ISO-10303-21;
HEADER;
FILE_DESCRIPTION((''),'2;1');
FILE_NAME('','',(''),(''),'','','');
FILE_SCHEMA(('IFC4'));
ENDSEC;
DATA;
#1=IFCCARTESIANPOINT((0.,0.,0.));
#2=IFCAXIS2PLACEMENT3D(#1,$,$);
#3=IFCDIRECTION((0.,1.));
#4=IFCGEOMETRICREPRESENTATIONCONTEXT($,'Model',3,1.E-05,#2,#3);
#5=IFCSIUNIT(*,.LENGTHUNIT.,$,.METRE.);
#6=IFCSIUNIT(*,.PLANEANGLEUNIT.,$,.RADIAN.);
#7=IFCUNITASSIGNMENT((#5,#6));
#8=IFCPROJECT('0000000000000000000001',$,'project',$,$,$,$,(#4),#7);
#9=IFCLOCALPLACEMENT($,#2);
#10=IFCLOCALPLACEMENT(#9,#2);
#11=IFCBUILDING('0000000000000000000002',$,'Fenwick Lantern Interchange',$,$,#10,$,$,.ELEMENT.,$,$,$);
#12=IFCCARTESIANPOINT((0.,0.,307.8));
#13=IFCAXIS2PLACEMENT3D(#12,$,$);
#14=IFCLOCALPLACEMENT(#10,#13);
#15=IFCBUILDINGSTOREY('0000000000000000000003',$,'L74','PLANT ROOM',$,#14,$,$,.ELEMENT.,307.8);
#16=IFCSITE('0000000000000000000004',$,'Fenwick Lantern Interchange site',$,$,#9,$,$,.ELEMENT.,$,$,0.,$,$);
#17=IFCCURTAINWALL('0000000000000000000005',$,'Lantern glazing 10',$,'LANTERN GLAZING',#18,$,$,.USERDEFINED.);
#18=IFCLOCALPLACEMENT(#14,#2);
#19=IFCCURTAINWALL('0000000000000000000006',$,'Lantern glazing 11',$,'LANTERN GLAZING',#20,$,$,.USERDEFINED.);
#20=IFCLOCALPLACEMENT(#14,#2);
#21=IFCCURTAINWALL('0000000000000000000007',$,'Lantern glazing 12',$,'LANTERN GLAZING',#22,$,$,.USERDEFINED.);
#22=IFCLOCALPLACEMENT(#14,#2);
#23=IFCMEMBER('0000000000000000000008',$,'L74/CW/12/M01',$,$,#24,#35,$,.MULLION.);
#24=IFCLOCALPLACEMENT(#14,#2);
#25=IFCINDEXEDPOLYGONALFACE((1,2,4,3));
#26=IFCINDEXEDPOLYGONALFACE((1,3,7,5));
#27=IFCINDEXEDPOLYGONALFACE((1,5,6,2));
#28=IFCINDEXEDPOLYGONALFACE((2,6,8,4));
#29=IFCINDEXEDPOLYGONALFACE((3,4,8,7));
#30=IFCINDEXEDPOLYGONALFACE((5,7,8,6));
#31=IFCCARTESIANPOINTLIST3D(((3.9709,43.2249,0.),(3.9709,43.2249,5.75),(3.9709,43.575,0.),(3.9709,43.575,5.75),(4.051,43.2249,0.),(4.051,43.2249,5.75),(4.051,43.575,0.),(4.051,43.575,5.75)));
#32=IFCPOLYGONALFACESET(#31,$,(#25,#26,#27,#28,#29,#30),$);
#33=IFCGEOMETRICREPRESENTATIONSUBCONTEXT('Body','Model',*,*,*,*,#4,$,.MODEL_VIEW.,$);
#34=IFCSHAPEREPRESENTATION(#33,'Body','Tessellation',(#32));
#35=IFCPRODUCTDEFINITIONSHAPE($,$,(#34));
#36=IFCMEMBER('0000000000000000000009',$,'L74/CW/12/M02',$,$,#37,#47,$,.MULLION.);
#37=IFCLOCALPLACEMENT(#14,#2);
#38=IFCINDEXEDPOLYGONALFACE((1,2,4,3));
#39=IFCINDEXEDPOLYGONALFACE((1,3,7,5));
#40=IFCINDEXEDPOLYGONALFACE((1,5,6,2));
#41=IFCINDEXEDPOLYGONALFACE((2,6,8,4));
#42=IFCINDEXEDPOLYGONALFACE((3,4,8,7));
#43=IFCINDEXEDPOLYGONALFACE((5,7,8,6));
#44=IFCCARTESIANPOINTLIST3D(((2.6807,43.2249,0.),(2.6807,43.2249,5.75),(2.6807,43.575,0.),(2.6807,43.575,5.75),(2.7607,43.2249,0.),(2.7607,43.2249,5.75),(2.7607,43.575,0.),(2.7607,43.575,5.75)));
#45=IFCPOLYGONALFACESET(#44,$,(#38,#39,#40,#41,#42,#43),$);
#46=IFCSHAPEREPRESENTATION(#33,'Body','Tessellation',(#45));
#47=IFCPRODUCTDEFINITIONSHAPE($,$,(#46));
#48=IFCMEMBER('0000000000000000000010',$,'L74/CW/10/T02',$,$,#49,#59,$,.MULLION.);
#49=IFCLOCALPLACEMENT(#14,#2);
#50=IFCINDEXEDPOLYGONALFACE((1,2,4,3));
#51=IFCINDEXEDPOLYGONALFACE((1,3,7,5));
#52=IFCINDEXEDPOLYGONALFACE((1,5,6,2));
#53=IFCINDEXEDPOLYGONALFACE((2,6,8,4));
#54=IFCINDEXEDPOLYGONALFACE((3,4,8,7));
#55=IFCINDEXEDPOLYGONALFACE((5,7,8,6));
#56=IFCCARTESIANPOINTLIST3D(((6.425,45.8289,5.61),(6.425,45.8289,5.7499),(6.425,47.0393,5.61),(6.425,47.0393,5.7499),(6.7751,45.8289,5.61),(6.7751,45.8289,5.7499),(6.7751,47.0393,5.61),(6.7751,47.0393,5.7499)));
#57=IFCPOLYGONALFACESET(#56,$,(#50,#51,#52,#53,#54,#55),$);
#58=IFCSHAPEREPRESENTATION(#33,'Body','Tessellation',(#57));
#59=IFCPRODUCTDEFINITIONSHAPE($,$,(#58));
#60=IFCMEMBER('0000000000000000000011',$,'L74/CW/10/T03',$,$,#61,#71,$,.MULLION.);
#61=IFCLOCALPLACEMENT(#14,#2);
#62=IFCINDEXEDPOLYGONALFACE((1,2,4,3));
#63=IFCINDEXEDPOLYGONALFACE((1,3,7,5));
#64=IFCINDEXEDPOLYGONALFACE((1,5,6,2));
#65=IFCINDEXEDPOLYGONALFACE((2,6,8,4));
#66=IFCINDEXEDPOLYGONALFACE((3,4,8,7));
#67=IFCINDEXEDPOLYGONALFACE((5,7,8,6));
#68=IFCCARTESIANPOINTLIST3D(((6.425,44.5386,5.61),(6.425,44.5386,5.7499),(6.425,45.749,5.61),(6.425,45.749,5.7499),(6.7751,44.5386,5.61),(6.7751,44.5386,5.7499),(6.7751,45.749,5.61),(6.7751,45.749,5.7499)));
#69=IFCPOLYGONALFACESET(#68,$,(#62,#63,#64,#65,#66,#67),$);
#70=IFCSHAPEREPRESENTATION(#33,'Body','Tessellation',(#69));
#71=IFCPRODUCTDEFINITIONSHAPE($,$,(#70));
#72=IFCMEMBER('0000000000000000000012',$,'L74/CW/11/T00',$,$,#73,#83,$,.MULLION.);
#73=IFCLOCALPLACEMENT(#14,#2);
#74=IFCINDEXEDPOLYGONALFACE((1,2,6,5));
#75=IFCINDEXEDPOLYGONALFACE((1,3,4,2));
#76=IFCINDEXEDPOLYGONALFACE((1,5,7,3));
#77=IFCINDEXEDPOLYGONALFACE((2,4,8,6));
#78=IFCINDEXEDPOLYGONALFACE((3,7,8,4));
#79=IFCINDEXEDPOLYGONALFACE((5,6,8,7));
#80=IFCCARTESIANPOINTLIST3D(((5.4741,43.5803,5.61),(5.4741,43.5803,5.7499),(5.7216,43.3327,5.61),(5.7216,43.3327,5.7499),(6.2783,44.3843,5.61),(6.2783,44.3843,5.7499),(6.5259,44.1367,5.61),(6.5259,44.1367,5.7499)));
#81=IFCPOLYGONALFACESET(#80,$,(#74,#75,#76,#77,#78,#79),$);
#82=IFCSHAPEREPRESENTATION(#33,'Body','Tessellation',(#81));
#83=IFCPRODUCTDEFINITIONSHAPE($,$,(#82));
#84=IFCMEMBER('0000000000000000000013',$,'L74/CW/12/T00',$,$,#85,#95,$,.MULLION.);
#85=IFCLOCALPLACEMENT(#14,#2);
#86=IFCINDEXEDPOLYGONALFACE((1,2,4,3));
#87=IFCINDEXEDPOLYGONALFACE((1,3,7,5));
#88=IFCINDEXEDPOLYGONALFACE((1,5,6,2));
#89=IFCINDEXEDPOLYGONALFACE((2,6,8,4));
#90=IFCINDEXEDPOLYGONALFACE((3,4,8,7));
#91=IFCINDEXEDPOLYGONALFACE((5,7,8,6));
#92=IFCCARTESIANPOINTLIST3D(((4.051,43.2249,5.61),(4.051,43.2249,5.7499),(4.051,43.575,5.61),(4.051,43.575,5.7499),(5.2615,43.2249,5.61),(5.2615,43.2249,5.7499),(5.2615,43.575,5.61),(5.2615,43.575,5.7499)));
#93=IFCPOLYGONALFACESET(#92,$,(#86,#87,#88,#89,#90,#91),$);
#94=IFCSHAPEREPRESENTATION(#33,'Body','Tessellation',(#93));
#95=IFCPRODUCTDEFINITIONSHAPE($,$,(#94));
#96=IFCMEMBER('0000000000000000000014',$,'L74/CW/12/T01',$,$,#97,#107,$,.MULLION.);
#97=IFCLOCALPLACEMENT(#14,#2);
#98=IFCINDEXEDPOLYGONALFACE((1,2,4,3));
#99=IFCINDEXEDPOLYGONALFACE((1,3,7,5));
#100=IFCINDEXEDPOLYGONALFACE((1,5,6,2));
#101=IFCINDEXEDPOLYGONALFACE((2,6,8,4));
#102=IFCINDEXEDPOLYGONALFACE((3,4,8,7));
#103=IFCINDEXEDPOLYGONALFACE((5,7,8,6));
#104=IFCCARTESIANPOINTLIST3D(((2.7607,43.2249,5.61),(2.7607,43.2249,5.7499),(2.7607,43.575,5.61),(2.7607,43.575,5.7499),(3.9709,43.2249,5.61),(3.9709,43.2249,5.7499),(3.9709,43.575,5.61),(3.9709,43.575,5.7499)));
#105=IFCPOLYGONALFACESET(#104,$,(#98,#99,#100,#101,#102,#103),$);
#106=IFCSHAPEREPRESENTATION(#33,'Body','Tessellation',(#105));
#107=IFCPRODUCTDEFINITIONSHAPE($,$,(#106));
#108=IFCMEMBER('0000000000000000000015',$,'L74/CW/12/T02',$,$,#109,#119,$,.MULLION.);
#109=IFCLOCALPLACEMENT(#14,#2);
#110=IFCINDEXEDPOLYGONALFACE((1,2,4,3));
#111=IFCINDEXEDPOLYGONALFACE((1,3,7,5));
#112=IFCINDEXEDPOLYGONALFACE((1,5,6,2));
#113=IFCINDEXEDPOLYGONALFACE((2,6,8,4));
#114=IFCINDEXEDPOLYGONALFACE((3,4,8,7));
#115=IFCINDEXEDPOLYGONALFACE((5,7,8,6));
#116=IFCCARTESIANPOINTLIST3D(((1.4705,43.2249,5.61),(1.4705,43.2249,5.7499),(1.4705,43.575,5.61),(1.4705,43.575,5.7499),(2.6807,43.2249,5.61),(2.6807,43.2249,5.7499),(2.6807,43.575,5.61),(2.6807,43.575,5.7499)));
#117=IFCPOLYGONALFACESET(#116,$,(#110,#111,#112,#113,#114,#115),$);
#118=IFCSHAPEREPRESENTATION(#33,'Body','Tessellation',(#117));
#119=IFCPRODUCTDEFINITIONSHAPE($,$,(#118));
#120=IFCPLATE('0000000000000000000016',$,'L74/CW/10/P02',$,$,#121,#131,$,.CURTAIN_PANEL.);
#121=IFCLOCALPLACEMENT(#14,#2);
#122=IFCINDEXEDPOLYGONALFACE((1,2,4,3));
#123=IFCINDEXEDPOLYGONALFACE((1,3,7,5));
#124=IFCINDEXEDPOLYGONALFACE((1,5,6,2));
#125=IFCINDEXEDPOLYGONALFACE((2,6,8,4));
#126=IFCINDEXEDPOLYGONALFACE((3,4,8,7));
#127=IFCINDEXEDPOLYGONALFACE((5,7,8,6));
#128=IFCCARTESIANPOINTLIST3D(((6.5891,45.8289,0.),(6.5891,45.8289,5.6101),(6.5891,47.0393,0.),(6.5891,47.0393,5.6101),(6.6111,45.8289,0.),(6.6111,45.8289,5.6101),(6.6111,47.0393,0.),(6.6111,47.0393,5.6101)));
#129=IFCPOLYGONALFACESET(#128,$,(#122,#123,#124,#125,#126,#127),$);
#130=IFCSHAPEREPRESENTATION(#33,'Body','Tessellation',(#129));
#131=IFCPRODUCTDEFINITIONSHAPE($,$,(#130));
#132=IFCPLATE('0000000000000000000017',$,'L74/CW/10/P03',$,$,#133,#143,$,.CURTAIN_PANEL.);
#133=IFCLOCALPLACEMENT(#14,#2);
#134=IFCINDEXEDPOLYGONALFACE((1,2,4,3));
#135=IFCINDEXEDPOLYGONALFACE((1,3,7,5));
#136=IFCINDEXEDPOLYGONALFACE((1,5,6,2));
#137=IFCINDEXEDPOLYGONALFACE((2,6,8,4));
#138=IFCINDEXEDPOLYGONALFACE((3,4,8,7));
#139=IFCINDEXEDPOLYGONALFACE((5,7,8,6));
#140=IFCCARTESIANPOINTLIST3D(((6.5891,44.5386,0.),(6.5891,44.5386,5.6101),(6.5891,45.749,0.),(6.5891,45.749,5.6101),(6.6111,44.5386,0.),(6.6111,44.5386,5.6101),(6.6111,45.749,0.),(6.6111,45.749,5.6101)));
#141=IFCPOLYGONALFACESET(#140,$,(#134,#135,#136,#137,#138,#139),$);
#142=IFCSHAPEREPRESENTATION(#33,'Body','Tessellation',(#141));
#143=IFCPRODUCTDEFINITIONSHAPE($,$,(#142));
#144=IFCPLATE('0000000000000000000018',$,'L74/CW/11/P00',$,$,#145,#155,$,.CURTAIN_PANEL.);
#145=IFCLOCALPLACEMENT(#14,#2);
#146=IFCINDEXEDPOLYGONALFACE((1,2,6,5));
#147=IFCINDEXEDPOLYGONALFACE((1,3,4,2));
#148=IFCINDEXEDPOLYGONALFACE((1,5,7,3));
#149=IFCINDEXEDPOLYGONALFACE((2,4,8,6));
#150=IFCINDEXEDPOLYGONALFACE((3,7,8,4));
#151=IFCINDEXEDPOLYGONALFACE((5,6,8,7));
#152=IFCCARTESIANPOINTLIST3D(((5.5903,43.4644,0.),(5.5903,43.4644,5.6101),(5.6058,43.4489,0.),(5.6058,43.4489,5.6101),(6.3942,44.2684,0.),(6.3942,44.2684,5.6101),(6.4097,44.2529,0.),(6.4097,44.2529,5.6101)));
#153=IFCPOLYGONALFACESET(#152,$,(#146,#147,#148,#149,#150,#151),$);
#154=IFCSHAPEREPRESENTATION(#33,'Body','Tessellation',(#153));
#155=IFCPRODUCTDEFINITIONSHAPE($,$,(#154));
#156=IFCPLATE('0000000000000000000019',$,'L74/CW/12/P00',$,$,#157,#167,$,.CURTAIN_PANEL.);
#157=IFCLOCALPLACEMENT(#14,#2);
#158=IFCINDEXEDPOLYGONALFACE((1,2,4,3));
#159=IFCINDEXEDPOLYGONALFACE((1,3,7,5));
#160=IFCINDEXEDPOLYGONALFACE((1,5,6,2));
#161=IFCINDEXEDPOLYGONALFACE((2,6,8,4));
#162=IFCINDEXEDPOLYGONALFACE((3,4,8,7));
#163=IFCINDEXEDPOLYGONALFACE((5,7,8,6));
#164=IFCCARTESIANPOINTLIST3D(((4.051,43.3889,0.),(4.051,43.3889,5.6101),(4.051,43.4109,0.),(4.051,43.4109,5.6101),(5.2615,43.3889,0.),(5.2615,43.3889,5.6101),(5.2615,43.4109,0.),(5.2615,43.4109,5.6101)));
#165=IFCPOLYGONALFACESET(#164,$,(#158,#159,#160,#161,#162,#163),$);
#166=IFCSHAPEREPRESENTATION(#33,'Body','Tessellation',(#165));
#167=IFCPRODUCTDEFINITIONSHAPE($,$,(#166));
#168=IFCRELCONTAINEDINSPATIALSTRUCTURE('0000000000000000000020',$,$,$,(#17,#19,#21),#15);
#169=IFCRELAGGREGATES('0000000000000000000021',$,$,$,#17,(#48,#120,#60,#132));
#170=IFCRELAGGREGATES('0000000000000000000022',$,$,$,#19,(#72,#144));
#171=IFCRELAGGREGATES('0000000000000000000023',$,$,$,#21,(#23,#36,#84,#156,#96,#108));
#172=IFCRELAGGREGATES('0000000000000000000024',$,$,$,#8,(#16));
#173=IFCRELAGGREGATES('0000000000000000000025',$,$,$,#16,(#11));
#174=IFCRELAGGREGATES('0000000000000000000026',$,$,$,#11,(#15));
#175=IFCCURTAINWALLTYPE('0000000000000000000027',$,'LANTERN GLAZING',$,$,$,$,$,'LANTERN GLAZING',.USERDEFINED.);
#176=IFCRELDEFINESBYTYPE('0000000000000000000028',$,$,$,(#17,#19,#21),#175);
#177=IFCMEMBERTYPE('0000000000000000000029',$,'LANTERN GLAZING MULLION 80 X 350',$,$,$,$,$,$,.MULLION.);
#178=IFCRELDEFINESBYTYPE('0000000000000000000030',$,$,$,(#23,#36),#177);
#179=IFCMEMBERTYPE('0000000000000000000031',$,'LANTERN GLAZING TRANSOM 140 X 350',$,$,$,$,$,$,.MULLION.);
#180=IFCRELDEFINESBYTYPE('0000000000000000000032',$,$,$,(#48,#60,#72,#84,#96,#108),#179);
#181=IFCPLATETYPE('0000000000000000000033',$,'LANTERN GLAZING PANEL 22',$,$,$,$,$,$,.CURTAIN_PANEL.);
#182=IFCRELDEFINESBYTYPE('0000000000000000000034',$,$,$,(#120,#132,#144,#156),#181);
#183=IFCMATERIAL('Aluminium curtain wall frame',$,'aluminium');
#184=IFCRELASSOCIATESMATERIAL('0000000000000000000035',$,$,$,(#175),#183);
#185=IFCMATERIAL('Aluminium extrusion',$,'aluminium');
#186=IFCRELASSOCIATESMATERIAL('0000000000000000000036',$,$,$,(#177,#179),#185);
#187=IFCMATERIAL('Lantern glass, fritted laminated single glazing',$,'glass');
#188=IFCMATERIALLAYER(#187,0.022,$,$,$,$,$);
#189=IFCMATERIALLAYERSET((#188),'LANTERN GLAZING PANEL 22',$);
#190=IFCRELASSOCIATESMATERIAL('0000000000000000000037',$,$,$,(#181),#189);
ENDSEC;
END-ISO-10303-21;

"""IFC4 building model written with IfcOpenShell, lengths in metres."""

from ifc_helpers import new_model, si_unit, direction, frame, origin, origin_2d, place, context, subcontext, project, spatial, rectangle, extrude, material, layer, layer_set, material_profile, profile_set, type_object, element, aggregate, save


model = new_model("IFC4")

# Units and contexts
model_context = context("Model", 3, precision=1e-05, world=origin(), true_north=direction((0.0, 1.0)))
body_context = subcontext(model_context, "Body", "Model", "MODEL_VIEW")
ifc_project = project(units=[si_unit("LENGTHUNIT", "METRE"), si_unit("PLANEANGLEUNIT", "RADIAN")], contexts=[model_context])

# Site, building, storey
site_placement = place(None, origin())
site = spatial("IfcSite", under=ifc_project, at=site_placement, Name="Fenwick Lantern Interchange site", CompositionType="ELEMENT", RefElevation=0.0)
building_placement = place(site_placement, origin())
building = spatial("IfcBuilding", under=site, at=building_placement, Name="Fenwick Lantern Interchange", CompositionType="ELEMENT")
storey_placement = place(building_placement, frame((0.0, 0.0, 307.8)))
storey = spatial("IfcBuildingStorey", under=building, at=storey_placement, Name="L74", Description="PLANT ROOM", CompositionType="ELEMENT", Elevation=307.8)

# Curtain walls, members
ifc_material_1 = material(Name="Aluminium curtain wall frame", Category="aluminium")
curtain_wall_type = type_object("IfcCurtainWallType", Name="LANTERN GLAZING", ElementType="LANTERN GLAZING", PredefinedType="USERDEFINED", material=ifc_material_1)
ifc_material_2 = material(Name="Aluminium extrusion", Category="aluminium")
ifc_material_profile_1 = material_profile(ifc_material_2, rectangle(XDim=0.3501, YDim=0.0801, at=origin_2d()), Name="LANTERN GLAZING MULLION 80 X 350")
ifc_profile_set_1 = profile_set([ifc_material_profile_1], Name="Aluminium extrusion")
member_type_1 = type_object("IfcMemberType", Name="LANTERN GLAZING MULLION 80 X 350", PredefinedType="MULLION", material=ifc_profile_set_1)
curtain_wall_1_placement = place(storey_placement, origin())
curtain_wall_1 = element("IfcCurtainWall", 1, at=curtain_wall_1_placement, inside=storey, type_object=curtain_wall_type, Name="Lantern glazing 10", ObjectType="LANTERN GLAZING", PredefinedType="USERDEFINED")
curtain_wall_2_placement = place(storey_placement, origin())
curtain_wall_2 = element("IfcCurtainWall", 2, at=curtain_wall_2_placement, inside=storey, type_object=curtain_wall_type, Name="Lantern glazing 11", ObjectType="LANTERN GLAZING", PredefinedType="USERDEFINED")
curtain_wall_3_placement = place(storey_placement, origin())
curtain_wall_3 = element("IfcCurtainWall", 3, at=curtain_wall_3_placement, inside=storey, type_object=curtain_wall_type, Name="Lantern glazing 12", ObjectType="LANTERN GLAZING", PredefinedType="USERDEFINED")
member_1_placement = place(storey_placement, frame((4.011, 43.3999, 0.0), z_axis=(0.0, 0.0, 1.0), x_axis=(0.0, -1.0, 0.0)))
member_1 = element("IfcMember", 4, at=member_1_placement, type_object=member_type_1, Name="L74/CW/12/M01", PredefinedType="MULLION", context=body_context, shape_type="SweptSolid", body=[
    extrude(rectangle(XDim=0.3501, YDim=0.0801, at=origin_2d()), origin(), (0.0, 0.0, 1.0), 5.75),
])
member_2_placement = place(storey_placement, frame((2.7207, 43.3999, 0.0), z_axis=(0.0, 0.0, 1.0), x_axis=(0.0, -1.0, 0.0)))
member_2 = element("IfcMember", 5, at=member_2_placement, type_object=member_type_1, Name="L74/CW/12/M02", PredefinedType="MULLION", context=body_context, shape_type="SweptSolid", body=[
    extrude(rectangle(XDim=0.3501, YDim=0.0801, at=origin_2d()), origin(), (0.0, 0.0, 1.0), 5.75),
])

# Members
ifc_material_profile_2 = material_profile(ifc_material_2, rectangle(XDim=0.3501, YDim=0.1399, at=origin_2d()), Name="LANTERN GLAZING TRANSOM 140 X 350")
ifc_profile_set_2 = profile_set([ifc_material_profile_2], Name="Aluminium extrusion")
member_type_2 = type_object("IfcMemberType", Name="LANTERN GLAZING TRANSOM 140 X 350", PredefinedType="MULLION", material=ifc_profile_set_2)
member_3_placement = place(storey_placement, frame((6.6001, 47.0393, 5.6799), z_axis=(0.0, -1.0, 0.0), x_axis=(1.0, 0.0, 0.0)))
member_3 = element("IfcMember", 6, at=member_3_placement, type_object=member_type_2, Name="L74/CW/10/T02", PredefinedType="MULLION", context=body_context, shape_type="SweptSolid", body=[
    extrude(rectangle(XDim=0.3501, YDim=0.1399, at=origin_2d()), origin(), (0.0, 0.0, 1.0), 1.2104),
])
member_4_placement = place(storey_placement, frame((6.6001, 45.749, 5.6799), z_axis=(0.0, -1.0, 0.0), x_axis=(1.0, 0.0, 0.0)))
member_4 = element("IfcMember", 7, at=member_4_placement, type_object=member_type_2, Name="L74/CW/10/T03", PredefinedType="MULLION", context=body_context, shape_type="SweptSolid", body=[
    extrude(rectangle(XDim=0.3501, YDim=0.1399, at=origin_2d()), origin(), (0.0, 0.0, 1.0), 1.2104),
])
member_5_placement = place(storey_placement, frame((6.4021, 44.2605, 5.6799), z_axis=(-0.707214, -0.706999, 0.0), x_axis=(0.706999, -0.707214, 0.0)))
member_5 = element("IfcMember", 8, at=member_5_placement, type_object=member_type_2, Name="L74/CW/11/T00", PredefinedType="MULLION", context=body_context, shape_type="SweptSolid", body=[
    extrude(rectangle(XDim=0.3501, YDim=0.1399, at=origin_2d()), origin(), (0.0, 0.0, 1.0), 1.1372),
])
member_6_placement = place(storey_placement, frame((5.2615, 43.3999, 5.6799), z_axis=(-1.0, 0.0, 0.0), x_axis=(0.0, -1.0, 0.0)))
member_6 = element("IfcMember", 9, at=member_6_placement, type_object=member_type_2, Name="L74/CW/12/T00", PredefinedType="MULLION", context=body_context, shape_type="SweptSolid", body=[
    extrude(rectangle(XDim=0.3501, YDim=0.1399, at=origin_2d()), origin(), (0.0, 0.0, 1.0), 1.2104),
])
member_7_placement = place(storey_placement, frame((3.9709, 43.3999, 5.6799), z_axis=(-1.0, 0.0, 0.0), x_axis=(0.0, -1.0, 0.0)))
member_7 = element("IfcMember", 10, at=member_7_placement, type_object=member_type_2, Name="L74/CW/12/T01", PredefinedType="MULLION", context=body_context, shape_type="SweptSolid", body=[
    extrude(rectangle(XDim=0.3501, YDim=0.1399, at=origin_2d()), origin(), (0.0, 0.0, 1.0), 1.2102),
])
member_8_placement = place(storey_placement, frame((2.6807, 43.3999, 5.6799), z_axis=(-1.0, 0.0, 0.0), x_axis=(0.0, -1.0, 0.0)))
member_8 = element("IfcMember", 11, at=member_8_placement, type_object=member_type_2, Name="L74/CW/12/T02", PredefinedType="MULLION", context=body_context, shape_type="SweptSolid", body=[
    extrude(rectangle(XDim=0.3501, YDim=0.1399, at=origin_2d()), origin(), (0.0, 0.0, 1.0), 1.2102),
])

# Plates
ifc_material_3 = material(Name="Lantern glass, fritted laminated single glazing", Category="glass")
ifc_layer_1 = layer(ifc_material_3, 0.022)
ifc_layer_set_1 = layer_set([ifc_layer_1], Name="LANTERN GLAZING PANEL 22")
plate_type = type_object("IfcPlateType", Name="LANTERN GLAZING PANEL 22", PredefinedType="CURTAIN_PANEL", material=ifc_layer_set_1)
plate_1_placement = place(storey_placement, frame((6.6001, 46.4341, 0.0), z_axis=(0.0, 0.0, 1.0), x_axis=(0.0, -1.0, 0.0)))
plate_1 = element("IfcPlate", 12, at=plate_1_placement, type_object=plate_type, Name="L74/CW/10/P02", PredefinedType="CURTAIN_PANEL", context=body_context, shape_type="SweptSolid", body=[
    extrude(rectangle(XDim=1.2104, YDim=0.022, at=origin_2d()), origin(), (0.0, 0.0, 1.0), 5.6101),
])
plate_2_placement = place(storey_placement, frame((6.6001, 45.1438, 0.0), z_axis=(0.0, 0.0, 1.0), x_axis=(0.0, -1.0, 0.0)))
plate_2 = element("IfcPlate", 13, at=plate_2_placement, type_object=plate_type, Name="L74/CW/10/P03", PredefinedType="CURTAIN_PANEL", context=body_context, shape_type="SweptSolid", body=[
    extrude(rectangle(XDim=1.2104, YDim=0.022, at=origin_2d()), origin(), (0.0, 0.0, 1.0), 5.6101),
])
aggregate(curtain_wall_1, [member_3, plate_1, member_4, plate_2])
plate_3_placement = place(storey_placement, frame((6.0, 43.8586, 0.0), z_axis=(0.0, 0.0, 1.0), x_axis=(-0.707107, -0.707107, 0.0)))
plate_3 = element("IfcPlate", 14, at=plate_3_placement, type_object=plate_type, Name="L74/CW/11/P00", PredefinedType="CURTAIN_PANEL", context=body_context, shape_type="SweptSolid", body=[
    extrude(rectangle(XDim=1.137, YDim=0.022, at=origin_2d()), origin(), (0.0, 0.0, 1.0), 5.6101),
])
aggregate(curtain_wall_2, [member_5, plate_3])
plate_4_placement = place(storey_placement, frame((4.6562, 43.3999, 0.0), z_axis=(0.0, 0.0, 1.0), x_axis=(-1.0, 0.0, 0.0)))
plate_4 = element("IfcPlate", 15, at=plate_4_placement, type_object=plate_type, Name="L74/CW/12/P00", PredefinedType="CURTAIN_PANEL", context=body_context, shape_type="SweptSolid", body=[
    extrude(rectangle(XDim=1.2104, YDim=0.022, at=origin_2d()), origin(), (0.0, 0.0, 1.0), 5.6101),
])
aggregate(curtain_wall_3, [member_1, member_2, member_6, plate_4, member_7, member_8])

save(model, "model.ifc")
